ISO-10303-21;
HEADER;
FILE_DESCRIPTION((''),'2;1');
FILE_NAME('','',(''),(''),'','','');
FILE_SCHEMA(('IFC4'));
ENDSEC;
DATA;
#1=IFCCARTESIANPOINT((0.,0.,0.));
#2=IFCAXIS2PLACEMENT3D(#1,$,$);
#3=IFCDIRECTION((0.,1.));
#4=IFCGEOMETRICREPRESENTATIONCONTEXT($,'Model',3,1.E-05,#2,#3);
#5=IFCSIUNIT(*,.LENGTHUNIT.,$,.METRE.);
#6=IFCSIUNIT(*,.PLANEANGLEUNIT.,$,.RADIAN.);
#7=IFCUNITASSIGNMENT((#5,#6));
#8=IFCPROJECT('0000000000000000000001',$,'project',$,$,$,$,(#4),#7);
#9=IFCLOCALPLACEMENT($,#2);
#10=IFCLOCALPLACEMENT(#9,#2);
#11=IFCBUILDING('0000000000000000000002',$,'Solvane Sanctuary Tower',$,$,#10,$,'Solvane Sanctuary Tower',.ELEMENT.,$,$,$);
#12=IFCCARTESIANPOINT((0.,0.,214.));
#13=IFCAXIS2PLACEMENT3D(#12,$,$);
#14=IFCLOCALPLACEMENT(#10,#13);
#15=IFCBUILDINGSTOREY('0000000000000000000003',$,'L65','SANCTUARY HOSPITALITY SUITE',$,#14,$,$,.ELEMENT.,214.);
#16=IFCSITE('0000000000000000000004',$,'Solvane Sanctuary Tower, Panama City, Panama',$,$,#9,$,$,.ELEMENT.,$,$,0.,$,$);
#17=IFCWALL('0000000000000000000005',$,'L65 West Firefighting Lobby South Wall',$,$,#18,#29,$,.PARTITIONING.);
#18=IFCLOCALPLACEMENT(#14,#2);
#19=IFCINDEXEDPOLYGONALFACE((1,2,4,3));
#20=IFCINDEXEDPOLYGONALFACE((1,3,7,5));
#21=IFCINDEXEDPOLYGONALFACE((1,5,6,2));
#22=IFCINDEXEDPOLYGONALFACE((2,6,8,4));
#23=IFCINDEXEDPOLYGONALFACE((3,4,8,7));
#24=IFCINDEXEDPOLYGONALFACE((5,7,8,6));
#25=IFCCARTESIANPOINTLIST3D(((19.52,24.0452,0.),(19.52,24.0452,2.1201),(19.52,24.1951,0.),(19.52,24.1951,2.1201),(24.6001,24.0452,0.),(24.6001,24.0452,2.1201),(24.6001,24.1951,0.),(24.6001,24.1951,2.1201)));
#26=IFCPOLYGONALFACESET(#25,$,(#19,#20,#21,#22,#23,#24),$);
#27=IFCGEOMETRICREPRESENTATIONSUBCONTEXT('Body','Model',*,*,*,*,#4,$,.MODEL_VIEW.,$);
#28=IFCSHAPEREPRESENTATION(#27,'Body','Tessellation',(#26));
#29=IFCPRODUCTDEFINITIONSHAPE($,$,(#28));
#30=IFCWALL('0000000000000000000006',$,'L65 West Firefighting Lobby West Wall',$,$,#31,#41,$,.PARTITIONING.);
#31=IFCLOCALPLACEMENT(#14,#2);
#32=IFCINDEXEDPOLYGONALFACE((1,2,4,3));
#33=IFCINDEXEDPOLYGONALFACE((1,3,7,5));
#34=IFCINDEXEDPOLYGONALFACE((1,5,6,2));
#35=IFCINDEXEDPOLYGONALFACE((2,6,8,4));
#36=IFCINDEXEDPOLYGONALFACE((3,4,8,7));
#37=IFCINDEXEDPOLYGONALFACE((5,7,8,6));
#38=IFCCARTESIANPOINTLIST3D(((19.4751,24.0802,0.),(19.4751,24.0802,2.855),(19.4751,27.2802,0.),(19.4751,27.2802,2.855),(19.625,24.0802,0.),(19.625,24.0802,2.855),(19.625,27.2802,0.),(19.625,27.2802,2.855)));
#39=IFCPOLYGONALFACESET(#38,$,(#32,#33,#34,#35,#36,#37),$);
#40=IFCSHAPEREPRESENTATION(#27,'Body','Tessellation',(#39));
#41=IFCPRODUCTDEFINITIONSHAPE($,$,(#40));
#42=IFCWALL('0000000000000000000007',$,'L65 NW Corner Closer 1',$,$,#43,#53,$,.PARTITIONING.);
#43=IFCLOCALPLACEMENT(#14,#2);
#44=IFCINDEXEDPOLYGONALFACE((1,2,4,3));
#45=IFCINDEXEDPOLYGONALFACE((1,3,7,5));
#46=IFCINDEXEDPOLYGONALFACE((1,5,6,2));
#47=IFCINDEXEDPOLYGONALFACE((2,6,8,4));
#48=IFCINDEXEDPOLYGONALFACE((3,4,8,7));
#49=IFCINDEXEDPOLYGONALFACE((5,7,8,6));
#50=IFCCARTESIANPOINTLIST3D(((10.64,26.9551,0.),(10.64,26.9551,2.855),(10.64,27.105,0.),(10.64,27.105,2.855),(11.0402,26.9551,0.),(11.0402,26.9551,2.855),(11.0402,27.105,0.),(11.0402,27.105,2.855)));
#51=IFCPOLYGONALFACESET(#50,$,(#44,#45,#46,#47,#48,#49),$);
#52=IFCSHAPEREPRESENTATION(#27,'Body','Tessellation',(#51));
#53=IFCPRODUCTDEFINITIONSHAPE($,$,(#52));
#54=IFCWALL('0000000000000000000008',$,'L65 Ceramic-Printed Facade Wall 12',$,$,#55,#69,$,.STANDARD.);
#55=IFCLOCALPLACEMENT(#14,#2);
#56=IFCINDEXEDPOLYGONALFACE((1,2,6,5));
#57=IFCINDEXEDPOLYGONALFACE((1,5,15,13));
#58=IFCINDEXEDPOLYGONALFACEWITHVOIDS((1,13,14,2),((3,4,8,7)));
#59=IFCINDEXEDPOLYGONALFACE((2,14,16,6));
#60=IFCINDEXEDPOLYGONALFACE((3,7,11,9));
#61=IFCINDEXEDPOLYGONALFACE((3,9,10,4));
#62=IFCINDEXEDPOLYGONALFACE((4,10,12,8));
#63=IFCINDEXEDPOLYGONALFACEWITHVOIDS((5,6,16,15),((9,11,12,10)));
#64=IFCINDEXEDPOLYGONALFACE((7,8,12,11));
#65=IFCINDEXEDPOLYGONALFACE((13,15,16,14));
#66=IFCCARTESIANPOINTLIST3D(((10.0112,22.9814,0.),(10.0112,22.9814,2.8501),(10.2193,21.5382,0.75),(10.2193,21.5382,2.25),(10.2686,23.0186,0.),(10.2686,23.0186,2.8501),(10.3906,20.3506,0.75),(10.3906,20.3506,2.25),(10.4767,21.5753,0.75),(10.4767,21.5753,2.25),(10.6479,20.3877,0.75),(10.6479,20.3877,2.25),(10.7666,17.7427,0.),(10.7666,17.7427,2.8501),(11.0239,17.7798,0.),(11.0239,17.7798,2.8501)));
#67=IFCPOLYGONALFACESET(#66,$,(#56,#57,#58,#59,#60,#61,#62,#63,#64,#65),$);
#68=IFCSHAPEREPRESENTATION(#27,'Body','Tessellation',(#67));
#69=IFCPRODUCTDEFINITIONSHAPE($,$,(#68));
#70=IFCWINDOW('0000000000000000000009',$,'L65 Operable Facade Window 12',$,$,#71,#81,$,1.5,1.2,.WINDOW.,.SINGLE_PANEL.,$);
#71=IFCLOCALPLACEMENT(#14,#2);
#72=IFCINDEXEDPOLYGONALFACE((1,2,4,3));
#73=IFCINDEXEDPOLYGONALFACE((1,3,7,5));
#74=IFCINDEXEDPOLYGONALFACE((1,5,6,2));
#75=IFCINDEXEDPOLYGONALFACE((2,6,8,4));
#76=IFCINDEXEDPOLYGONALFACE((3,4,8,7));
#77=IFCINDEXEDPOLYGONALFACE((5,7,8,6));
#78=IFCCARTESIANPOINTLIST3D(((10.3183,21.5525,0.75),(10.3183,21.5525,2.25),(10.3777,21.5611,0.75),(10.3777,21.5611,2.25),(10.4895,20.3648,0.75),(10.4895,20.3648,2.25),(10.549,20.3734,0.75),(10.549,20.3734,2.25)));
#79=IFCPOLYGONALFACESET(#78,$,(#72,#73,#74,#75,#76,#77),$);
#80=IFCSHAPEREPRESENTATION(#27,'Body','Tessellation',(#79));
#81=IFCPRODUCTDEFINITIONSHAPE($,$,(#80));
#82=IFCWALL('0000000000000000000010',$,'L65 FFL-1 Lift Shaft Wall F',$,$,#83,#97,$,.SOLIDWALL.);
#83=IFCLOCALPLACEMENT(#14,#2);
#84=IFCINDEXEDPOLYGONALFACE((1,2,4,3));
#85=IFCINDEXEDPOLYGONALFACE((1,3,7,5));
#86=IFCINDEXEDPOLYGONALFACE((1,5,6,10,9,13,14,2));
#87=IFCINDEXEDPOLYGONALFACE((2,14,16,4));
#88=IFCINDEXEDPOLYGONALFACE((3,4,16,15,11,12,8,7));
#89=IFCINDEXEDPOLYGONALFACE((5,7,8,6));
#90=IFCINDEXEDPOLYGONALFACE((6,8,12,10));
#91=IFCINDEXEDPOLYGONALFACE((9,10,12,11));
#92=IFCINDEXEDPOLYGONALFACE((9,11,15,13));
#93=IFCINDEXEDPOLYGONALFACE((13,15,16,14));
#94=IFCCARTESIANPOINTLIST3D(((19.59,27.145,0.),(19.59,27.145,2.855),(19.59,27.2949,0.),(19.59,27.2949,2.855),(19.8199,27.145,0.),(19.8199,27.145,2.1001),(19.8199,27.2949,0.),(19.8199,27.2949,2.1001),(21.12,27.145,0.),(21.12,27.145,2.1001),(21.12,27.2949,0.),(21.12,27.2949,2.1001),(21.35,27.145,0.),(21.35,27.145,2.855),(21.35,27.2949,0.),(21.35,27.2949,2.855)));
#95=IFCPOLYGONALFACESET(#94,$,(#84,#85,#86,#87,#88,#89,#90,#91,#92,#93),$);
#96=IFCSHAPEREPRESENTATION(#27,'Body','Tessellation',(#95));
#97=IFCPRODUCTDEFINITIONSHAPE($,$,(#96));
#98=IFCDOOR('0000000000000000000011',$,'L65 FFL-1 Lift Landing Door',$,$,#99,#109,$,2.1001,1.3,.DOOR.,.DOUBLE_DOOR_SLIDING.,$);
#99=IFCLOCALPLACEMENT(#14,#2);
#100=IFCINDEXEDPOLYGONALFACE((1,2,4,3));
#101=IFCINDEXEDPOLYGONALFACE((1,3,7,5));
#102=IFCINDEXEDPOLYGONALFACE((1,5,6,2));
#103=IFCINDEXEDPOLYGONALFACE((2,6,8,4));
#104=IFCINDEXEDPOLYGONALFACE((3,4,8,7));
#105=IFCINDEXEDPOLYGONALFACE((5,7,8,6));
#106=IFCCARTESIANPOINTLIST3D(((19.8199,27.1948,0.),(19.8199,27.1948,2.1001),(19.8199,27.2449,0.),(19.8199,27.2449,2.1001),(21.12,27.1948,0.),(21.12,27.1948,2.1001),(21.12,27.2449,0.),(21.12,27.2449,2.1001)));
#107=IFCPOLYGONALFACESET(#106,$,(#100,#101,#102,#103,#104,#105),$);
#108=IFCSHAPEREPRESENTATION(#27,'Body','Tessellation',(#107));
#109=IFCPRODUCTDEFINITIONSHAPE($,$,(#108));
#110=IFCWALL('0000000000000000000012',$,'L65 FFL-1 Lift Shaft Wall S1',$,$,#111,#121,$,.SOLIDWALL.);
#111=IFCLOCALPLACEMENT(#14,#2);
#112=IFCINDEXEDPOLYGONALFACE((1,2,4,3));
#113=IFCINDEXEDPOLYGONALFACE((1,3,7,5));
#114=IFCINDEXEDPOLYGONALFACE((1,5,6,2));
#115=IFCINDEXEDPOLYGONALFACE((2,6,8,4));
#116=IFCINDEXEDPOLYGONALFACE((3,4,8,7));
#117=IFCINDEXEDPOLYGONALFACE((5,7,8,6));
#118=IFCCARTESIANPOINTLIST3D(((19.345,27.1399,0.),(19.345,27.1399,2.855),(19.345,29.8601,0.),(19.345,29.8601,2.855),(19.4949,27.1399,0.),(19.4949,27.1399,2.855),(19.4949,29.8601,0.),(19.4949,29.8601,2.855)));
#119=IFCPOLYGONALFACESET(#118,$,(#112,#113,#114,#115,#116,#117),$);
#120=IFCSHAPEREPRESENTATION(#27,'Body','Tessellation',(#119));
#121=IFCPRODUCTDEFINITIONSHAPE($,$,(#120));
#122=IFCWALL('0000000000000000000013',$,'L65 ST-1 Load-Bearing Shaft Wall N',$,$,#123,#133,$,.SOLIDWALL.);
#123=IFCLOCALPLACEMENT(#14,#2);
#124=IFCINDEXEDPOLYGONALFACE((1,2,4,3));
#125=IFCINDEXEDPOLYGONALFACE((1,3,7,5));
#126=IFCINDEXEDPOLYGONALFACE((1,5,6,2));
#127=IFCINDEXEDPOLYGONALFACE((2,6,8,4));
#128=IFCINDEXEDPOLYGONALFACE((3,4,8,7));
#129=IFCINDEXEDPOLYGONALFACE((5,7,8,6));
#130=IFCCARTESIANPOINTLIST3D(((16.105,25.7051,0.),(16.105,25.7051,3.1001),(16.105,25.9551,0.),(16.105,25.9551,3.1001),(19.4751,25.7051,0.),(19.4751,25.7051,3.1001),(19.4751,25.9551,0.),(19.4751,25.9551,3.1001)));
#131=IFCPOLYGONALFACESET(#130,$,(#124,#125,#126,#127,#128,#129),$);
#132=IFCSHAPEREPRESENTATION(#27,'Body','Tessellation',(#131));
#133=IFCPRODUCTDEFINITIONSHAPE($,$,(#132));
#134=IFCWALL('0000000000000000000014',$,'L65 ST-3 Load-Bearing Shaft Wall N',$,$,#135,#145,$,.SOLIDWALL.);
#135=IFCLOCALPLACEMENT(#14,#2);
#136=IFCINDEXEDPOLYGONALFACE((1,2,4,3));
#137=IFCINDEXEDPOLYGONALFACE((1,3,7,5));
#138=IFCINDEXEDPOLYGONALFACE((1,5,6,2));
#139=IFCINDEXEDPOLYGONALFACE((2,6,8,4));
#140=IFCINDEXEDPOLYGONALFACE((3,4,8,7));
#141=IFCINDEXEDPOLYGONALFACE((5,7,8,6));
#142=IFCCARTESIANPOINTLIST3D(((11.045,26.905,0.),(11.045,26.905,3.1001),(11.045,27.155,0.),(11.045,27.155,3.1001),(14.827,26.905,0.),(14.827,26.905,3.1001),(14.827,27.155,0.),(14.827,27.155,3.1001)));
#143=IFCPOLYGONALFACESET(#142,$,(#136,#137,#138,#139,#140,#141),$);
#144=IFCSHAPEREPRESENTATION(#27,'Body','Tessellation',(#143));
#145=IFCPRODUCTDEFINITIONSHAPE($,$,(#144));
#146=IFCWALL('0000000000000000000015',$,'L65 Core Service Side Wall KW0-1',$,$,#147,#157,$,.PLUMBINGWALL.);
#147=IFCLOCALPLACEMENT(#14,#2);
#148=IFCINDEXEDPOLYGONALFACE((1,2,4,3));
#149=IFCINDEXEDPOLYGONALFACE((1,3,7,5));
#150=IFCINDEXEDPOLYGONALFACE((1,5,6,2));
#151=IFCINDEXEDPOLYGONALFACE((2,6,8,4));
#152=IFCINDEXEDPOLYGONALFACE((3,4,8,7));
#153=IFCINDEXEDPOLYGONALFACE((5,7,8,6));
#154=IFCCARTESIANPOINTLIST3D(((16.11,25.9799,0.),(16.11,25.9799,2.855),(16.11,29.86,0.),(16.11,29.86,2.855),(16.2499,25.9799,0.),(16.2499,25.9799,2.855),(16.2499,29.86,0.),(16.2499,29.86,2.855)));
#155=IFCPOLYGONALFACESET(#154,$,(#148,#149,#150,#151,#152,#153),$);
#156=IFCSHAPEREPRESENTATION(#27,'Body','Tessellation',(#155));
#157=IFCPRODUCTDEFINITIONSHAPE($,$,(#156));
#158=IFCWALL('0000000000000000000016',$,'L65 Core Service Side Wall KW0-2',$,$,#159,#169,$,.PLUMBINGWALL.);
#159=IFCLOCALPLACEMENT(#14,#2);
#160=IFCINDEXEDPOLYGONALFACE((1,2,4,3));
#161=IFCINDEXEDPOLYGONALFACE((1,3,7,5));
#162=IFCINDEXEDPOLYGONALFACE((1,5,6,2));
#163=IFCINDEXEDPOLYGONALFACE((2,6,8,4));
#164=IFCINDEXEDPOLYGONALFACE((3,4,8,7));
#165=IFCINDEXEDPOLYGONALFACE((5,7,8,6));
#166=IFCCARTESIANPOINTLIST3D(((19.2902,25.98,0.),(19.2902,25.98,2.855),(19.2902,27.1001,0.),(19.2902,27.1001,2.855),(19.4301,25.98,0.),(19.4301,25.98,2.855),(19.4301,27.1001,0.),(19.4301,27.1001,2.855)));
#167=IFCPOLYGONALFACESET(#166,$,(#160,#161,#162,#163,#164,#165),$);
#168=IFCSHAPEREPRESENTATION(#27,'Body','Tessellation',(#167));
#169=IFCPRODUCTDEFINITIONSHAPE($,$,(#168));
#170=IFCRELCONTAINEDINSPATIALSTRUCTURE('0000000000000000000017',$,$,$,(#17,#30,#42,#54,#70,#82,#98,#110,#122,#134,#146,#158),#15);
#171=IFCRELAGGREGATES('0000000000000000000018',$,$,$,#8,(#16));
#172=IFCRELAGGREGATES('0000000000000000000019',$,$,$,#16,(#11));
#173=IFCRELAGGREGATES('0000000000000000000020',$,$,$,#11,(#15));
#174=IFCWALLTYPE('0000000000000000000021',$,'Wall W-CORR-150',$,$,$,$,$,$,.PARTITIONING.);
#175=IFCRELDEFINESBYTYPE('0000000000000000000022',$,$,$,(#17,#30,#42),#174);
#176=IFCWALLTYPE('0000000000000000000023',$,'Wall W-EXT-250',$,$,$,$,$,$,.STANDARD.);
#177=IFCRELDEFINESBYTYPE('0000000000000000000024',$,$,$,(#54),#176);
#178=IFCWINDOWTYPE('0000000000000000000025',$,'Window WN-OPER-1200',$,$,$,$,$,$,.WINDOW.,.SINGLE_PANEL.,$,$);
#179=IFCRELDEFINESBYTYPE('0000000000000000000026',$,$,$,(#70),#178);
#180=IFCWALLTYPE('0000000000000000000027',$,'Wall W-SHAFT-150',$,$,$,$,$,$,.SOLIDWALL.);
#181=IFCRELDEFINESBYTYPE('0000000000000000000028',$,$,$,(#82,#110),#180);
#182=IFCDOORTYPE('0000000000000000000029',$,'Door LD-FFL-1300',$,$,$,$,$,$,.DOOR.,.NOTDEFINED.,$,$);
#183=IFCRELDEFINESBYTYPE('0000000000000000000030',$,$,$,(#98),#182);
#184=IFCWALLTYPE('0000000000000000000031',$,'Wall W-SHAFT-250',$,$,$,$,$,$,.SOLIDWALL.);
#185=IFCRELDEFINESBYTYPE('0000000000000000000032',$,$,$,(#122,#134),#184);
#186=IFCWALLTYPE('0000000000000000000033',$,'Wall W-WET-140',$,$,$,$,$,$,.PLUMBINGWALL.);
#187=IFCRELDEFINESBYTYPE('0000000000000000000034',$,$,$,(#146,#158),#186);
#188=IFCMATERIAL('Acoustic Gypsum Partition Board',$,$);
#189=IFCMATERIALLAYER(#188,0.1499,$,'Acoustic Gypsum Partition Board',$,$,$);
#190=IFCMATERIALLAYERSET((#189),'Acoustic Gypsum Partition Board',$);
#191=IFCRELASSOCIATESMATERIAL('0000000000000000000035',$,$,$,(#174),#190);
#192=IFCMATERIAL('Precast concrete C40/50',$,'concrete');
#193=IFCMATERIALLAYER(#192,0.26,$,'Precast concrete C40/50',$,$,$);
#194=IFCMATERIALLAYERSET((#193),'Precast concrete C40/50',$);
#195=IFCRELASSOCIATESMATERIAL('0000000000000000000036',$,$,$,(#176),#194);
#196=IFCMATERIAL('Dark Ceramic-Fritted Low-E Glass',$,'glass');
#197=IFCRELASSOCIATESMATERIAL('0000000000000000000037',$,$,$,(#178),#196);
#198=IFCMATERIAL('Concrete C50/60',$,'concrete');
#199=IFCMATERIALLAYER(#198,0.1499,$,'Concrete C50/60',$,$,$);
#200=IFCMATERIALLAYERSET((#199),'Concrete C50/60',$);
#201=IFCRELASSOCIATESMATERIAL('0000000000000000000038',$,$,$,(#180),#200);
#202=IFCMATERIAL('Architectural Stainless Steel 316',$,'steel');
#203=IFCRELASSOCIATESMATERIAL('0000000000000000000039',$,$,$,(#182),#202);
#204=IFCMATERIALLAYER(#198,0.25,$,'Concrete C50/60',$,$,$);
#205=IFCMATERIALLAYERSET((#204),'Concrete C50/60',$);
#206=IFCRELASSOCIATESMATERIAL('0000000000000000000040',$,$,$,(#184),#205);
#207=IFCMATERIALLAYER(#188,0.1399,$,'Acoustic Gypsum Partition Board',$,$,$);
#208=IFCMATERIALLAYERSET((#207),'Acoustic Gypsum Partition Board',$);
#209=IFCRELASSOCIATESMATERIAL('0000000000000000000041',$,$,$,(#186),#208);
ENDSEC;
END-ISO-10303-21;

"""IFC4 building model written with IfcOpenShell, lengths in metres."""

from ifc_helpers import new_model, si_unit, direction, frame, frame_2d, origin, place, context, subcontext, project, spatial, rectangle, extrude, material, layer, layer_set, type_object, element, fill, save


model = new_model("IFC4")

# Units and contexts
model_context = context("Model", 3, precision=1e-05, world=origin(), true_north=direction((0.0, 1.0)))
body_context = subcontext(model_context, "Body", "Model", "MODEL_VIEW")
ifc_project = project(units=[si_unit("LENGTHUNIT", "METRE"), si_unit("PLANEANGLEUNIT", "RADIAN")], contexts=[model_context])

# Site, building, storey
site_placement = place(None, origin())
site = spatial("IfcSite", under=ifc_project, at=site_placement, Name="Solvane Sanctuary Tower, Panama City, Panama", CompositionType="ELEMENT", RefElevation=0.0)
building_placement = place(site_placement, origin())
building = spatial("IfcBuilding", under=site, at=building_placement, Name="Solvane Sanctuary Tower", LongName="Solvane Sanctuary Tower", CompositionType="ELEMENT")
storey_placement = place(building_placement, frame((0.0, 0.0, 214.0)))
storey = spatial("IfcBuildingStorey", under=building, at=storey_placement, Name="L65", Description="SANCTUARY HOSPITALITY SUITE", CompositionType="ELEMENT", Elevation=214.0)

# Walls
ifc_material_1 = material(Name="Acoustic Gypsum Partition Board")
ifc_layer_1 = layer(ifc_material_1, 0.1499, Name="Acoustic Gypsum Partition Board")
ifc_layer_set_1 = layer_set([ifc_layer_1], Name="Acoustic Gypsum Partition Board")
wall_type_1 = type_object("IfcWallType", Name="Wall W-CORR-150", PredefinedType="PARTITIONING", material=ifc_layer_set_1)
wall_1_placement = place(storey_placement, frame((19.52, 24.1201, 0.0), z_axis=(0.0, 0.0, 1.0), x_axis=(1.0, 0.0, 0.0)))
element("IfcWall", 1, at=wall_1_placement, inside=storey, type_object=wall_type_1, Name="L65 West Firefighting Lobby South Wall", PredefinedType="PARTITIONING", context=body_context, shape_type="SweptSolid", body=[
    extrude(rectangle(XDim=5.0801, YDim=0.1499, at=frame_2d((2.54, 0.0))), origin(), (0.0, 0.0, 1.0), 2.1201),
])
wall_2_placement = place(storey_placement, frame((19.55, 24.0801, 0.0), z_axis=(0.0, 0.0, 1.0), x_axis=(0.0, 1.0, 0.0)))
element("IfcWall", 2, at=wall_2_placement, inside=storey, type_object=wall_type_1, Name="L65 West Firefighting Lobby West Wall", PredefinedType="PARTITIONING", context=body_context, shape_type="SweptSolid", body=[
    extrude(rectangle(XDim=3.2, YDim=0.1499, at=frame_2d((1.6001, 0.0))), origin(), (0.0, 0.0, 1.0), 2.855),
])
wall_3_placement = place(storey_placement, frame((10.6399, 27.03, 0.0), z_axis=(0.0, 0.0, 1.0), x_axis=(1.0, 0.0, 0.0)))
element("IfcWall", 3, at=wall_3_placement, inside=storey, type_object=wall_type_1, Name="L65 NW Corner Closer 1", PredefinedType="PARTITIONING", context=body_context, shape_type="SweptSolid", body=[
    extrude(rectangle(XDim=0.4001, YDim=0.1499, at=frame_2d((0.2002, 0.0))), origin(), (0.0, 0.0, 1.0), 2.855),
])

# Wall, opening, window
ifc_material_2 = material(Name="Precast concrete C40/50", Category="concrete")
ifc_layer_2 = layer(ifc_material_2, 0.26, Name="Precast concrete C40/50")
ifc_layer_set_2 = layer_set([ifc_layer_2], Name="Precast concrete C40/50")
wall_type_2 = type_object("IfcWallType", Name="Wall W-EXT-250", PredefinedType="STANDARD", material=ifc_layer_set_2)
wall_4_placement = place(storey_placement, frame((10.1399, 23.0, 0.0), z_axis=(0.0, 0.0, 1.0), x_axis=(0.142713, -0.989764, 0.0)))
wall_4 = element("IfcWall", 4, at=wall_4_placement, inside=storey, type_object=wall_type_2, Name="L65 Ceramic-Printed Facade Wall 12", PredefinedType="STANDARD", context=body_context, shape_type="SweptSolid", body=[
    extrude(rectangle(XDim=5.293, YDim=0.26, at=frame_2d((2.6465, 0.0))), origin(), (0.0, 0.0, 1.0), 2.8501),
])
opening_1_placement = place(wall_4_placement, frame((1.458, 0.0, 0.75)))
opening_1 = element("IfcOpeningElement", 5, at=opening_1_placement, cuts=wall_4, PredefinedType="OPENING", context=body_context, shape_type="SweptSolid", body=[
    extrude(rectangle(XDim=1.2, YDim=1.5, at=frame_2d((0.6001, 0.75))), frame((0.0, 0.1399, 0.0), z_axis=(0.0, -1.0, 0.0), x_axis=(1.0, 0.0, 0.0)), (0.0, 0.0, 1.0), 0.28),
])
ifc_material_3 = material(Name="Dark Ceramic-Fritted Low-E Glass", Category="glass")
window_type = type_object("IfcWindowType", Name="Window WN-OPER-1200", PartitioningType="SINGLE_PANEL", PredefinedType="WINDOW", material=ifc_material_3)
window_placement = place(opening_1_placement, origin())
window = element("IfcWindow", 6, at=window_placement, inside=storey, type_object=window_type, Name="L65 Operable Facade Window 12", OverallHeight=1.5, OverallWidth=1.2, PartitioningType="SINGLE_PANEL", PredefinedType="WINDOW", context=body_context, shape_type="SweptSolid", body=[
    extrude(rectangle(XDim=1.2, YDim=1.5, at=frame_2d((0.6001, 0.75))), frame((0.0, 0.03, 0.0), z_axis=(0.0, -1.0, 0.0), x_axis=(1.0, 0.0, 0.0)), (0.0, 0.0, 1.0), 0.0601),
])
fill(opening_1, window)

# Wall, opening, door
ifc_material_4 = material(Name="Concrete C50/60", Category="concrete")
ifc_layer_3 = layer(ifc_material_4, 0.1499, Name="Concrete C50/60")
ifc_layer_set_3 = layer_set([ifc_layer_3], Name="Concrete C50/60")
wall_type_3 = type_object("IfcWallType", Name="Wall W-SHAFT-150", PredefinedType="SOLIDWALL", material=ifc_layer_set_3)
wall_5_placement = place(storey_placement, frame((19.5901, 27.22, 0.0), z_axis=(0.0, 0.0, 1.0), x_axis=(1.0, 0.0, 0.0)))
wall_5 = element("IfcWall", 7, at=wall_5_placement, inside=storey, type_object=wall_type_3, Name="L65 FFL-1 Lift Shaft Wall F", PredefinedType="SOLIDWALL", context=body_context, shape_type="SweptSolid", body=[
    extrude(rectangle(XDim=1.76, YDim=0.1499, at=frame_2d((0.8799, 0.0))), origin(), (0.0, 0.0, 1.0), 2.855),
])
opening_2_placement = place(wall_5_placement, frame((0.23, 0.0, 0.0)))
opening_2 = element("IfcOpeningElement", 8, at=opening_2_placement, cuts=wall_5, PredefinedType="OPENING", context=body_context, shape_type="SweptSolid", body=[
    extrude(rectangle(XDim=1.3, YDim=2.1001, at=frame_2d((0.6499, 1.05))), frame((0.0, 0.085, 0.0), z_axis=(0.0, -1.0, 0.0), x_axis=(1.0, 0.0, 0.0)), (0.0, 0.0, 1.0), 0.1699),
])
ifc_material_5 = material(Name="Architectural Stainless Steel 316", Category="steel")
door_type = type_object("IfcDoorType", Name="Door LD-FFL-1300", OperationType="NOTDEFINED", PredefinedType="DOOR", material=ifc_material_5)
door_placement = place(opening_2_placement, origin())
door = element("IfcDoor", 9, at=door_placement, inside=storey, type_object=door_type, Name="L65 FFL-1 Lift Landing Door", OperationType="DOUBLE_DOOR_SLIDING", OverallHeight=2.1001, OverallWidth=1.3, PredefinedType="DOOR", context=body_context, shape_type="SweptSolid", body=[
    extrude(rectangle(XDim=1.3, YDim=2.1001, at=frame_2d((0.6499, 1.05))), frame((0.0, 0.0249, 0.0), z_axis=(0.0, -1.0, 0.0), x_axis=(1.0, 0.0, 0.0)), (0.0, 0.0, 1.0), 0.05),
])
fill(opening_2, door)

# Walls
wall_6_placement = place(storey_placement, frame((19.4199, 27.1399, 0.0), z_axis=(0.0, 0.0, 1.0), x_axis=(0.0, 1.0, 0.0)))
element("IfcWall", 10, at=wall_6_placement, inside=storey, type_object=wall_type_3, Name="L65 FFL-1 Lift Shaft Wall S1", PredefinedType="SOLIDWALL", context=body_context, shape_type="SweptSolid", body=[
    extrude(rectangle(XDim=2.7202, YDim=0.1499, at=frame_2d((1.3601, 0.0))), origin(), (0.0, 0.0, 1.0), 2.855),
])
ifc_layer_4 = layer(ifc_material_4, 0.25, Name="Concrete C50/60")
ifc_layer_set_4 = layer_set([ifc_layer_4], Name="Concrete C50/60")
wall_type_4 = type_object("IfcWallType", Name="Wall W-SHAFT-250", PredefinedType="SOLIDWALL", material=ifc_layer_set_4)
wall_7_placement = place(storey_placement, frame((16.105, 25.8301, 0.0), z_axis=(0.0, 0.0, 1.0), x_axis=(1.0, 0.0, 0.0)))
element("IfcWall", 11, at=wall_7_placement, inside=storey, type_object=wall_type_4, Name="L65 ST-1 Load-Bearing Shaft Wall N", PredefinedType="SOLIDWALL", context=body_context, shape_type="SweptSolid", body=[
    extrude(rectangle(XDim=3.3701, YDim=0.25, at=frame_2d((1.6851, 0.0))), origin(), (0.0, 0.0, 1.0), 3.1001),
])
wall_8_placement = place(storey_placement, frame((11.0449, 27.03, 0.0), z_axis=(0.0, 0.0, 1.0), x_axis=(1.0, 0.0, 0.0)))
element("IfcWall", 12, at=wall_8_placement, inside=storey, type_object=wall_type_4, Name="L65 ST-3 Load-Bearing Shaft Wall N", PredefinedType="SOLIDWALL", context=body_context, shape_type="SweptSolid", body=[
    extrude(rectangle(XDim=3.782, YDim=0.25, at=frame_2d((1.8911, 0.0))), origin(), (0.0, 0.0, 1.0), 3.1001),
])
ifc_layer_5 = layer(ifc_material_1, 0.1399, Name="Acoustic Gypsum Partition Board")
ifc_layer_set_5 = layer_set([ifc_layer_5], Name="Acoustic Gypsum Partition Board")
wall_type_5 = type_object("IfcWallType", Name="Wall W-WET-140", PredefinedType="PLUMBINGWALL", material=ifc_layer_set_5)
wall_9_placement = place(storey_placement, frame((16.1799, 25.98, 0.0), z_axis=(0.0, 0.0, 1.0), x_axis=(0.0, 1.0, 0.0)))
element("IfcWall", 13, at=wall_9_placement, inside=storey, type_object=wall_type_5, Name="L65 Core Service Side Wall KW0-1", PredefinedType="PLUMBINGWALL", context=body_context, shape_type="SweptSolid", body=[
    extrude(rectangle(XDim=3.8801, YDim=0.1399, at=frame_2d((1.9399, 0.0))), origin(), (0.0, 0.0, 1.0), 2.855),
])
wall_10_placement = place(storey_placement, frame((19.3601, 25.98, 0.0), z_axis=(0.0, 0.0, 1.0), x_axis=(0.0, 1.0, 0.0)))
element("IfcWall", 14, at=wall_10_placement, inside=storey, type_object=wall_type_5, Name="L65 Core Service Side Wall KW0-2", PredefinedType="PLUMBINGWALL", context=body_context, shape_type="SweptSolid", body=[
    extrude(rectangle(XDim=1.1201, YDim=0.1399, at=frame_2d((0.5601, 0.0))), origin(), (0.0, 0.0, 1.0), 2.855),
])

save(model, "model.ifc")
